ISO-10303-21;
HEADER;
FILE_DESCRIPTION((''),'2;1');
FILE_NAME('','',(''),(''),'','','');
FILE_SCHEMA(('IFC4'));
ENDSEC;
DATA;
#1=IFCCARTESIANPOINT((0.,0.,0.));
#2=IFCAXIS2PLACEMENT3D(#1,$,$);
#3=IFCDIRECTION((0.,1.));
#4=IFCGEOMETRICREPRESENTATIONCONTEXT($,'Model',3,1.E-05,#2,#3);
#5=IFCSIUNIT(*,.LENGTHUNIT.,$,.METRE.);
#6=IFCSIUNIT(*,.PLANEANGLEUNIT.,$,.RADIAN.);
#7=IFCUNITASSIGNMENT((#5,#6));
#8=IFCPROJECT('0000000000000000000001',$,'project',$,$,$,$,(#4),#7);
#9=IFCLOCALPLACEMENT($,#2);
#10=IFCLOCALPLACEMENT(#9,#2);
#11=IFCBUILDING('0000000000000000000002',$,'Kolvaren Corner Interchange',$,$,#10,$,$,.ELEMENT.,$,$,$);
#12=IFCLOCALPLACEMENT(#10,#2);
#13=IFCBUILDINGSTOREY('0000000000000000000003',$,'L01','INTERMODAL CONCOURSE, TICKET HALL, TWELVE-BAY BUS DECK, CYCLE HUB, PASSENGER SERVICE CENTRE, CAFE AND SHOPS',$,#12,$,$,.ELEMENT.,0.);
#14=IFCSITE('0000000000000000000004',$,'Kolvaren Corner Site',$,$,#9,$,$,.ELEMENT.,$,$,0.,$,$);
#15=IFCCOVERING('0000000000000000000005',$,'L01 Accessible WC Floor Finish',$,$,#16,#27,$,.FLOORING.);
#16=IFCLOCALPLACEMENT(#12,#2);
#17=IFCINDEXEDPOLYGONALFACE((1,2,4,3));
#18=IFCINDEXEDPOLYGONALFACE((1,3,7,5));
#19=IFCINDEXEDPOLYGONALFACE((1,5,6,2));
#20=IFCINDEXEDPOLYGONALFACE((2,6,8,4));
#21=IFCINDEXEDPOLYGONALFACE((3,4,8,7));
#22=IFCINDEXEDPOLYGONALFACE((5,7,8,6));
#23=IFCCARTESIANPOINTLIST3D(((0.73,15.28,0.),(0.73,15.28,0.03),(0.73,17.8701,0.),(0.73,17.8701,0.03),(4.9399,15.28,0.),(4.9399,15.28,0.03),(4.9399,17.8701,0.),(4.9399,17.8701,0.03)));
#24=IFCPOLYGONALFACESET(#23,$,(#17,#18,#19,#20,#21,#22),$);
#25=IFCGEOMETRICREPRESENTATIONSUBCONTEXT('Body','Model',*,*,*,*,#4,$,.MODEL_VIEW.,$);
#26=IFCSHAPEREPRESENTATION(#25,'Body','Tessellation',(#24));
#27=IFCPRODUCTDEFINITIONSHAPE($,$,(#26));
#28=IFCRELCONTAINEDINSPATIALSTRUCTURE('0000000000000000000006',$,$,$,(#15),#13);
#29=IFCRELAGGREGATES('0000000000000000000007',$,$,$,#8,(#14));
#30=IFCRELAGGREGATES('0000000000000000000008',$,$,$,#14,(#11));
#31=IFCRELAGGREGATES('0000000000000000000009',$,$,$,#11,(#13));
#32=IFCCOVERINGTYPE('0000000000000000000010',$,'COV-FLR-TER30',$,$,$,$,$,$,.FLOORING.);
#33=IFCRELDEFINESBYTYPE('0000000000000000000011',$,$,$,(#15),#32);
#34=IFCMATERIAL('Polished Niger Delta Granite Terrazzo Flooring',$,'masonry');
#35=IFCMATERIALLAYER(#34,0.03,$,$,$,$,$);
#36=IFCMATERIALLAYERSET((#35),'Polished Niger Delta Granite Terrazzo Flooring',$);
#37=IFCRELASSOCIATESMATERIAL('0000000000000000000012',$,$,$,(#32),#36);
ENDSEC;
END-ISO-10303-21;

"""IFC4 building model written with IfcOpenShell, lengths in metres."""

from ifc_helpers import new_model, si_unit, direction, origin, place, context, subcontext, project, spatial, polyline, outline, extrude, material, layer, layer_set, type_object, element, save


model = new_model("IFC4")

# Units and contexts
model_context = context("Model", 3, precision=1e-05, world=origin(), true_north=direction((0.0, 1.0)))
body_context = subcontext(model_context, "Body", "Model", "MODEL_VIEW")
ifc_project = project(units=[si_unit("LENGTHUNIT", "METRE"), si_unit("PLANEANGLEUNIT", "RADIAN")], contexts=[model_context])

# Site, building, storey
site_placement = place(None, origin())
site = spatial("IfcSite", under=ifc_project, at=site_placement, Name="Kolvaren Corner Site", CompositionType="ELEMENT", RefElevation=0.0)
building_placement = place(site_placement, origin())
building = spatial("IfcBuilding", under=site, at=building_placement, Name="Kolvaren Corner Interchange", CompositionType="ELEMENT")
storey_placement = place(building_placement, origin())
storey = spatial("IfcBuildingStorey", under=building, at=storey_placement, Name="L01", Description="INTERMODAL CONCOURSE, TICKET HALL, TWELVE-BAY BUS DECK, CYCLE HUB, PASSENGER SERVICE CENTRE, CAFE AND SHOPS", CompositionType="ELEMENT", Elevation=0.0)

# Covering
ifc_material_1 = material(Name="Polished Niger Delta Granite Terrazzo Flooring", Category="masonry")
ifc_layer_1 = layer(ifc_material_1, 0.03)
ifc_layer_set_1 = layer_set([ifc_layer_1], Name="Polished Niger Delta Granite Terrazzo Flooring")
covering_type_1 = type_object("IfcCoveringType", Name="COV-FLR-TER30", PredefinedType="FLOORING", material=ifc_layer_set_1)
covering_1_placement = place(storey_placement, origin())
element("IfcCovering", 1, at=covering_1_placement, inside=storey, type_object=covering_type_1, Name="L01 Accessible WC Floor Finish", PredefinedType="FLOORING", context=body_context, shape_type="SweptSolid", body=[
    extrude(outline(polyline([(0.73, 15.28), (4.9399, 15.28), (4.9399, 17.8701), (0.73, 17.8701), (0.73, 15.28)])), origin(), (0.0, 0.0, 1.0), 0.03),
])

save(model, "model.ifc")
